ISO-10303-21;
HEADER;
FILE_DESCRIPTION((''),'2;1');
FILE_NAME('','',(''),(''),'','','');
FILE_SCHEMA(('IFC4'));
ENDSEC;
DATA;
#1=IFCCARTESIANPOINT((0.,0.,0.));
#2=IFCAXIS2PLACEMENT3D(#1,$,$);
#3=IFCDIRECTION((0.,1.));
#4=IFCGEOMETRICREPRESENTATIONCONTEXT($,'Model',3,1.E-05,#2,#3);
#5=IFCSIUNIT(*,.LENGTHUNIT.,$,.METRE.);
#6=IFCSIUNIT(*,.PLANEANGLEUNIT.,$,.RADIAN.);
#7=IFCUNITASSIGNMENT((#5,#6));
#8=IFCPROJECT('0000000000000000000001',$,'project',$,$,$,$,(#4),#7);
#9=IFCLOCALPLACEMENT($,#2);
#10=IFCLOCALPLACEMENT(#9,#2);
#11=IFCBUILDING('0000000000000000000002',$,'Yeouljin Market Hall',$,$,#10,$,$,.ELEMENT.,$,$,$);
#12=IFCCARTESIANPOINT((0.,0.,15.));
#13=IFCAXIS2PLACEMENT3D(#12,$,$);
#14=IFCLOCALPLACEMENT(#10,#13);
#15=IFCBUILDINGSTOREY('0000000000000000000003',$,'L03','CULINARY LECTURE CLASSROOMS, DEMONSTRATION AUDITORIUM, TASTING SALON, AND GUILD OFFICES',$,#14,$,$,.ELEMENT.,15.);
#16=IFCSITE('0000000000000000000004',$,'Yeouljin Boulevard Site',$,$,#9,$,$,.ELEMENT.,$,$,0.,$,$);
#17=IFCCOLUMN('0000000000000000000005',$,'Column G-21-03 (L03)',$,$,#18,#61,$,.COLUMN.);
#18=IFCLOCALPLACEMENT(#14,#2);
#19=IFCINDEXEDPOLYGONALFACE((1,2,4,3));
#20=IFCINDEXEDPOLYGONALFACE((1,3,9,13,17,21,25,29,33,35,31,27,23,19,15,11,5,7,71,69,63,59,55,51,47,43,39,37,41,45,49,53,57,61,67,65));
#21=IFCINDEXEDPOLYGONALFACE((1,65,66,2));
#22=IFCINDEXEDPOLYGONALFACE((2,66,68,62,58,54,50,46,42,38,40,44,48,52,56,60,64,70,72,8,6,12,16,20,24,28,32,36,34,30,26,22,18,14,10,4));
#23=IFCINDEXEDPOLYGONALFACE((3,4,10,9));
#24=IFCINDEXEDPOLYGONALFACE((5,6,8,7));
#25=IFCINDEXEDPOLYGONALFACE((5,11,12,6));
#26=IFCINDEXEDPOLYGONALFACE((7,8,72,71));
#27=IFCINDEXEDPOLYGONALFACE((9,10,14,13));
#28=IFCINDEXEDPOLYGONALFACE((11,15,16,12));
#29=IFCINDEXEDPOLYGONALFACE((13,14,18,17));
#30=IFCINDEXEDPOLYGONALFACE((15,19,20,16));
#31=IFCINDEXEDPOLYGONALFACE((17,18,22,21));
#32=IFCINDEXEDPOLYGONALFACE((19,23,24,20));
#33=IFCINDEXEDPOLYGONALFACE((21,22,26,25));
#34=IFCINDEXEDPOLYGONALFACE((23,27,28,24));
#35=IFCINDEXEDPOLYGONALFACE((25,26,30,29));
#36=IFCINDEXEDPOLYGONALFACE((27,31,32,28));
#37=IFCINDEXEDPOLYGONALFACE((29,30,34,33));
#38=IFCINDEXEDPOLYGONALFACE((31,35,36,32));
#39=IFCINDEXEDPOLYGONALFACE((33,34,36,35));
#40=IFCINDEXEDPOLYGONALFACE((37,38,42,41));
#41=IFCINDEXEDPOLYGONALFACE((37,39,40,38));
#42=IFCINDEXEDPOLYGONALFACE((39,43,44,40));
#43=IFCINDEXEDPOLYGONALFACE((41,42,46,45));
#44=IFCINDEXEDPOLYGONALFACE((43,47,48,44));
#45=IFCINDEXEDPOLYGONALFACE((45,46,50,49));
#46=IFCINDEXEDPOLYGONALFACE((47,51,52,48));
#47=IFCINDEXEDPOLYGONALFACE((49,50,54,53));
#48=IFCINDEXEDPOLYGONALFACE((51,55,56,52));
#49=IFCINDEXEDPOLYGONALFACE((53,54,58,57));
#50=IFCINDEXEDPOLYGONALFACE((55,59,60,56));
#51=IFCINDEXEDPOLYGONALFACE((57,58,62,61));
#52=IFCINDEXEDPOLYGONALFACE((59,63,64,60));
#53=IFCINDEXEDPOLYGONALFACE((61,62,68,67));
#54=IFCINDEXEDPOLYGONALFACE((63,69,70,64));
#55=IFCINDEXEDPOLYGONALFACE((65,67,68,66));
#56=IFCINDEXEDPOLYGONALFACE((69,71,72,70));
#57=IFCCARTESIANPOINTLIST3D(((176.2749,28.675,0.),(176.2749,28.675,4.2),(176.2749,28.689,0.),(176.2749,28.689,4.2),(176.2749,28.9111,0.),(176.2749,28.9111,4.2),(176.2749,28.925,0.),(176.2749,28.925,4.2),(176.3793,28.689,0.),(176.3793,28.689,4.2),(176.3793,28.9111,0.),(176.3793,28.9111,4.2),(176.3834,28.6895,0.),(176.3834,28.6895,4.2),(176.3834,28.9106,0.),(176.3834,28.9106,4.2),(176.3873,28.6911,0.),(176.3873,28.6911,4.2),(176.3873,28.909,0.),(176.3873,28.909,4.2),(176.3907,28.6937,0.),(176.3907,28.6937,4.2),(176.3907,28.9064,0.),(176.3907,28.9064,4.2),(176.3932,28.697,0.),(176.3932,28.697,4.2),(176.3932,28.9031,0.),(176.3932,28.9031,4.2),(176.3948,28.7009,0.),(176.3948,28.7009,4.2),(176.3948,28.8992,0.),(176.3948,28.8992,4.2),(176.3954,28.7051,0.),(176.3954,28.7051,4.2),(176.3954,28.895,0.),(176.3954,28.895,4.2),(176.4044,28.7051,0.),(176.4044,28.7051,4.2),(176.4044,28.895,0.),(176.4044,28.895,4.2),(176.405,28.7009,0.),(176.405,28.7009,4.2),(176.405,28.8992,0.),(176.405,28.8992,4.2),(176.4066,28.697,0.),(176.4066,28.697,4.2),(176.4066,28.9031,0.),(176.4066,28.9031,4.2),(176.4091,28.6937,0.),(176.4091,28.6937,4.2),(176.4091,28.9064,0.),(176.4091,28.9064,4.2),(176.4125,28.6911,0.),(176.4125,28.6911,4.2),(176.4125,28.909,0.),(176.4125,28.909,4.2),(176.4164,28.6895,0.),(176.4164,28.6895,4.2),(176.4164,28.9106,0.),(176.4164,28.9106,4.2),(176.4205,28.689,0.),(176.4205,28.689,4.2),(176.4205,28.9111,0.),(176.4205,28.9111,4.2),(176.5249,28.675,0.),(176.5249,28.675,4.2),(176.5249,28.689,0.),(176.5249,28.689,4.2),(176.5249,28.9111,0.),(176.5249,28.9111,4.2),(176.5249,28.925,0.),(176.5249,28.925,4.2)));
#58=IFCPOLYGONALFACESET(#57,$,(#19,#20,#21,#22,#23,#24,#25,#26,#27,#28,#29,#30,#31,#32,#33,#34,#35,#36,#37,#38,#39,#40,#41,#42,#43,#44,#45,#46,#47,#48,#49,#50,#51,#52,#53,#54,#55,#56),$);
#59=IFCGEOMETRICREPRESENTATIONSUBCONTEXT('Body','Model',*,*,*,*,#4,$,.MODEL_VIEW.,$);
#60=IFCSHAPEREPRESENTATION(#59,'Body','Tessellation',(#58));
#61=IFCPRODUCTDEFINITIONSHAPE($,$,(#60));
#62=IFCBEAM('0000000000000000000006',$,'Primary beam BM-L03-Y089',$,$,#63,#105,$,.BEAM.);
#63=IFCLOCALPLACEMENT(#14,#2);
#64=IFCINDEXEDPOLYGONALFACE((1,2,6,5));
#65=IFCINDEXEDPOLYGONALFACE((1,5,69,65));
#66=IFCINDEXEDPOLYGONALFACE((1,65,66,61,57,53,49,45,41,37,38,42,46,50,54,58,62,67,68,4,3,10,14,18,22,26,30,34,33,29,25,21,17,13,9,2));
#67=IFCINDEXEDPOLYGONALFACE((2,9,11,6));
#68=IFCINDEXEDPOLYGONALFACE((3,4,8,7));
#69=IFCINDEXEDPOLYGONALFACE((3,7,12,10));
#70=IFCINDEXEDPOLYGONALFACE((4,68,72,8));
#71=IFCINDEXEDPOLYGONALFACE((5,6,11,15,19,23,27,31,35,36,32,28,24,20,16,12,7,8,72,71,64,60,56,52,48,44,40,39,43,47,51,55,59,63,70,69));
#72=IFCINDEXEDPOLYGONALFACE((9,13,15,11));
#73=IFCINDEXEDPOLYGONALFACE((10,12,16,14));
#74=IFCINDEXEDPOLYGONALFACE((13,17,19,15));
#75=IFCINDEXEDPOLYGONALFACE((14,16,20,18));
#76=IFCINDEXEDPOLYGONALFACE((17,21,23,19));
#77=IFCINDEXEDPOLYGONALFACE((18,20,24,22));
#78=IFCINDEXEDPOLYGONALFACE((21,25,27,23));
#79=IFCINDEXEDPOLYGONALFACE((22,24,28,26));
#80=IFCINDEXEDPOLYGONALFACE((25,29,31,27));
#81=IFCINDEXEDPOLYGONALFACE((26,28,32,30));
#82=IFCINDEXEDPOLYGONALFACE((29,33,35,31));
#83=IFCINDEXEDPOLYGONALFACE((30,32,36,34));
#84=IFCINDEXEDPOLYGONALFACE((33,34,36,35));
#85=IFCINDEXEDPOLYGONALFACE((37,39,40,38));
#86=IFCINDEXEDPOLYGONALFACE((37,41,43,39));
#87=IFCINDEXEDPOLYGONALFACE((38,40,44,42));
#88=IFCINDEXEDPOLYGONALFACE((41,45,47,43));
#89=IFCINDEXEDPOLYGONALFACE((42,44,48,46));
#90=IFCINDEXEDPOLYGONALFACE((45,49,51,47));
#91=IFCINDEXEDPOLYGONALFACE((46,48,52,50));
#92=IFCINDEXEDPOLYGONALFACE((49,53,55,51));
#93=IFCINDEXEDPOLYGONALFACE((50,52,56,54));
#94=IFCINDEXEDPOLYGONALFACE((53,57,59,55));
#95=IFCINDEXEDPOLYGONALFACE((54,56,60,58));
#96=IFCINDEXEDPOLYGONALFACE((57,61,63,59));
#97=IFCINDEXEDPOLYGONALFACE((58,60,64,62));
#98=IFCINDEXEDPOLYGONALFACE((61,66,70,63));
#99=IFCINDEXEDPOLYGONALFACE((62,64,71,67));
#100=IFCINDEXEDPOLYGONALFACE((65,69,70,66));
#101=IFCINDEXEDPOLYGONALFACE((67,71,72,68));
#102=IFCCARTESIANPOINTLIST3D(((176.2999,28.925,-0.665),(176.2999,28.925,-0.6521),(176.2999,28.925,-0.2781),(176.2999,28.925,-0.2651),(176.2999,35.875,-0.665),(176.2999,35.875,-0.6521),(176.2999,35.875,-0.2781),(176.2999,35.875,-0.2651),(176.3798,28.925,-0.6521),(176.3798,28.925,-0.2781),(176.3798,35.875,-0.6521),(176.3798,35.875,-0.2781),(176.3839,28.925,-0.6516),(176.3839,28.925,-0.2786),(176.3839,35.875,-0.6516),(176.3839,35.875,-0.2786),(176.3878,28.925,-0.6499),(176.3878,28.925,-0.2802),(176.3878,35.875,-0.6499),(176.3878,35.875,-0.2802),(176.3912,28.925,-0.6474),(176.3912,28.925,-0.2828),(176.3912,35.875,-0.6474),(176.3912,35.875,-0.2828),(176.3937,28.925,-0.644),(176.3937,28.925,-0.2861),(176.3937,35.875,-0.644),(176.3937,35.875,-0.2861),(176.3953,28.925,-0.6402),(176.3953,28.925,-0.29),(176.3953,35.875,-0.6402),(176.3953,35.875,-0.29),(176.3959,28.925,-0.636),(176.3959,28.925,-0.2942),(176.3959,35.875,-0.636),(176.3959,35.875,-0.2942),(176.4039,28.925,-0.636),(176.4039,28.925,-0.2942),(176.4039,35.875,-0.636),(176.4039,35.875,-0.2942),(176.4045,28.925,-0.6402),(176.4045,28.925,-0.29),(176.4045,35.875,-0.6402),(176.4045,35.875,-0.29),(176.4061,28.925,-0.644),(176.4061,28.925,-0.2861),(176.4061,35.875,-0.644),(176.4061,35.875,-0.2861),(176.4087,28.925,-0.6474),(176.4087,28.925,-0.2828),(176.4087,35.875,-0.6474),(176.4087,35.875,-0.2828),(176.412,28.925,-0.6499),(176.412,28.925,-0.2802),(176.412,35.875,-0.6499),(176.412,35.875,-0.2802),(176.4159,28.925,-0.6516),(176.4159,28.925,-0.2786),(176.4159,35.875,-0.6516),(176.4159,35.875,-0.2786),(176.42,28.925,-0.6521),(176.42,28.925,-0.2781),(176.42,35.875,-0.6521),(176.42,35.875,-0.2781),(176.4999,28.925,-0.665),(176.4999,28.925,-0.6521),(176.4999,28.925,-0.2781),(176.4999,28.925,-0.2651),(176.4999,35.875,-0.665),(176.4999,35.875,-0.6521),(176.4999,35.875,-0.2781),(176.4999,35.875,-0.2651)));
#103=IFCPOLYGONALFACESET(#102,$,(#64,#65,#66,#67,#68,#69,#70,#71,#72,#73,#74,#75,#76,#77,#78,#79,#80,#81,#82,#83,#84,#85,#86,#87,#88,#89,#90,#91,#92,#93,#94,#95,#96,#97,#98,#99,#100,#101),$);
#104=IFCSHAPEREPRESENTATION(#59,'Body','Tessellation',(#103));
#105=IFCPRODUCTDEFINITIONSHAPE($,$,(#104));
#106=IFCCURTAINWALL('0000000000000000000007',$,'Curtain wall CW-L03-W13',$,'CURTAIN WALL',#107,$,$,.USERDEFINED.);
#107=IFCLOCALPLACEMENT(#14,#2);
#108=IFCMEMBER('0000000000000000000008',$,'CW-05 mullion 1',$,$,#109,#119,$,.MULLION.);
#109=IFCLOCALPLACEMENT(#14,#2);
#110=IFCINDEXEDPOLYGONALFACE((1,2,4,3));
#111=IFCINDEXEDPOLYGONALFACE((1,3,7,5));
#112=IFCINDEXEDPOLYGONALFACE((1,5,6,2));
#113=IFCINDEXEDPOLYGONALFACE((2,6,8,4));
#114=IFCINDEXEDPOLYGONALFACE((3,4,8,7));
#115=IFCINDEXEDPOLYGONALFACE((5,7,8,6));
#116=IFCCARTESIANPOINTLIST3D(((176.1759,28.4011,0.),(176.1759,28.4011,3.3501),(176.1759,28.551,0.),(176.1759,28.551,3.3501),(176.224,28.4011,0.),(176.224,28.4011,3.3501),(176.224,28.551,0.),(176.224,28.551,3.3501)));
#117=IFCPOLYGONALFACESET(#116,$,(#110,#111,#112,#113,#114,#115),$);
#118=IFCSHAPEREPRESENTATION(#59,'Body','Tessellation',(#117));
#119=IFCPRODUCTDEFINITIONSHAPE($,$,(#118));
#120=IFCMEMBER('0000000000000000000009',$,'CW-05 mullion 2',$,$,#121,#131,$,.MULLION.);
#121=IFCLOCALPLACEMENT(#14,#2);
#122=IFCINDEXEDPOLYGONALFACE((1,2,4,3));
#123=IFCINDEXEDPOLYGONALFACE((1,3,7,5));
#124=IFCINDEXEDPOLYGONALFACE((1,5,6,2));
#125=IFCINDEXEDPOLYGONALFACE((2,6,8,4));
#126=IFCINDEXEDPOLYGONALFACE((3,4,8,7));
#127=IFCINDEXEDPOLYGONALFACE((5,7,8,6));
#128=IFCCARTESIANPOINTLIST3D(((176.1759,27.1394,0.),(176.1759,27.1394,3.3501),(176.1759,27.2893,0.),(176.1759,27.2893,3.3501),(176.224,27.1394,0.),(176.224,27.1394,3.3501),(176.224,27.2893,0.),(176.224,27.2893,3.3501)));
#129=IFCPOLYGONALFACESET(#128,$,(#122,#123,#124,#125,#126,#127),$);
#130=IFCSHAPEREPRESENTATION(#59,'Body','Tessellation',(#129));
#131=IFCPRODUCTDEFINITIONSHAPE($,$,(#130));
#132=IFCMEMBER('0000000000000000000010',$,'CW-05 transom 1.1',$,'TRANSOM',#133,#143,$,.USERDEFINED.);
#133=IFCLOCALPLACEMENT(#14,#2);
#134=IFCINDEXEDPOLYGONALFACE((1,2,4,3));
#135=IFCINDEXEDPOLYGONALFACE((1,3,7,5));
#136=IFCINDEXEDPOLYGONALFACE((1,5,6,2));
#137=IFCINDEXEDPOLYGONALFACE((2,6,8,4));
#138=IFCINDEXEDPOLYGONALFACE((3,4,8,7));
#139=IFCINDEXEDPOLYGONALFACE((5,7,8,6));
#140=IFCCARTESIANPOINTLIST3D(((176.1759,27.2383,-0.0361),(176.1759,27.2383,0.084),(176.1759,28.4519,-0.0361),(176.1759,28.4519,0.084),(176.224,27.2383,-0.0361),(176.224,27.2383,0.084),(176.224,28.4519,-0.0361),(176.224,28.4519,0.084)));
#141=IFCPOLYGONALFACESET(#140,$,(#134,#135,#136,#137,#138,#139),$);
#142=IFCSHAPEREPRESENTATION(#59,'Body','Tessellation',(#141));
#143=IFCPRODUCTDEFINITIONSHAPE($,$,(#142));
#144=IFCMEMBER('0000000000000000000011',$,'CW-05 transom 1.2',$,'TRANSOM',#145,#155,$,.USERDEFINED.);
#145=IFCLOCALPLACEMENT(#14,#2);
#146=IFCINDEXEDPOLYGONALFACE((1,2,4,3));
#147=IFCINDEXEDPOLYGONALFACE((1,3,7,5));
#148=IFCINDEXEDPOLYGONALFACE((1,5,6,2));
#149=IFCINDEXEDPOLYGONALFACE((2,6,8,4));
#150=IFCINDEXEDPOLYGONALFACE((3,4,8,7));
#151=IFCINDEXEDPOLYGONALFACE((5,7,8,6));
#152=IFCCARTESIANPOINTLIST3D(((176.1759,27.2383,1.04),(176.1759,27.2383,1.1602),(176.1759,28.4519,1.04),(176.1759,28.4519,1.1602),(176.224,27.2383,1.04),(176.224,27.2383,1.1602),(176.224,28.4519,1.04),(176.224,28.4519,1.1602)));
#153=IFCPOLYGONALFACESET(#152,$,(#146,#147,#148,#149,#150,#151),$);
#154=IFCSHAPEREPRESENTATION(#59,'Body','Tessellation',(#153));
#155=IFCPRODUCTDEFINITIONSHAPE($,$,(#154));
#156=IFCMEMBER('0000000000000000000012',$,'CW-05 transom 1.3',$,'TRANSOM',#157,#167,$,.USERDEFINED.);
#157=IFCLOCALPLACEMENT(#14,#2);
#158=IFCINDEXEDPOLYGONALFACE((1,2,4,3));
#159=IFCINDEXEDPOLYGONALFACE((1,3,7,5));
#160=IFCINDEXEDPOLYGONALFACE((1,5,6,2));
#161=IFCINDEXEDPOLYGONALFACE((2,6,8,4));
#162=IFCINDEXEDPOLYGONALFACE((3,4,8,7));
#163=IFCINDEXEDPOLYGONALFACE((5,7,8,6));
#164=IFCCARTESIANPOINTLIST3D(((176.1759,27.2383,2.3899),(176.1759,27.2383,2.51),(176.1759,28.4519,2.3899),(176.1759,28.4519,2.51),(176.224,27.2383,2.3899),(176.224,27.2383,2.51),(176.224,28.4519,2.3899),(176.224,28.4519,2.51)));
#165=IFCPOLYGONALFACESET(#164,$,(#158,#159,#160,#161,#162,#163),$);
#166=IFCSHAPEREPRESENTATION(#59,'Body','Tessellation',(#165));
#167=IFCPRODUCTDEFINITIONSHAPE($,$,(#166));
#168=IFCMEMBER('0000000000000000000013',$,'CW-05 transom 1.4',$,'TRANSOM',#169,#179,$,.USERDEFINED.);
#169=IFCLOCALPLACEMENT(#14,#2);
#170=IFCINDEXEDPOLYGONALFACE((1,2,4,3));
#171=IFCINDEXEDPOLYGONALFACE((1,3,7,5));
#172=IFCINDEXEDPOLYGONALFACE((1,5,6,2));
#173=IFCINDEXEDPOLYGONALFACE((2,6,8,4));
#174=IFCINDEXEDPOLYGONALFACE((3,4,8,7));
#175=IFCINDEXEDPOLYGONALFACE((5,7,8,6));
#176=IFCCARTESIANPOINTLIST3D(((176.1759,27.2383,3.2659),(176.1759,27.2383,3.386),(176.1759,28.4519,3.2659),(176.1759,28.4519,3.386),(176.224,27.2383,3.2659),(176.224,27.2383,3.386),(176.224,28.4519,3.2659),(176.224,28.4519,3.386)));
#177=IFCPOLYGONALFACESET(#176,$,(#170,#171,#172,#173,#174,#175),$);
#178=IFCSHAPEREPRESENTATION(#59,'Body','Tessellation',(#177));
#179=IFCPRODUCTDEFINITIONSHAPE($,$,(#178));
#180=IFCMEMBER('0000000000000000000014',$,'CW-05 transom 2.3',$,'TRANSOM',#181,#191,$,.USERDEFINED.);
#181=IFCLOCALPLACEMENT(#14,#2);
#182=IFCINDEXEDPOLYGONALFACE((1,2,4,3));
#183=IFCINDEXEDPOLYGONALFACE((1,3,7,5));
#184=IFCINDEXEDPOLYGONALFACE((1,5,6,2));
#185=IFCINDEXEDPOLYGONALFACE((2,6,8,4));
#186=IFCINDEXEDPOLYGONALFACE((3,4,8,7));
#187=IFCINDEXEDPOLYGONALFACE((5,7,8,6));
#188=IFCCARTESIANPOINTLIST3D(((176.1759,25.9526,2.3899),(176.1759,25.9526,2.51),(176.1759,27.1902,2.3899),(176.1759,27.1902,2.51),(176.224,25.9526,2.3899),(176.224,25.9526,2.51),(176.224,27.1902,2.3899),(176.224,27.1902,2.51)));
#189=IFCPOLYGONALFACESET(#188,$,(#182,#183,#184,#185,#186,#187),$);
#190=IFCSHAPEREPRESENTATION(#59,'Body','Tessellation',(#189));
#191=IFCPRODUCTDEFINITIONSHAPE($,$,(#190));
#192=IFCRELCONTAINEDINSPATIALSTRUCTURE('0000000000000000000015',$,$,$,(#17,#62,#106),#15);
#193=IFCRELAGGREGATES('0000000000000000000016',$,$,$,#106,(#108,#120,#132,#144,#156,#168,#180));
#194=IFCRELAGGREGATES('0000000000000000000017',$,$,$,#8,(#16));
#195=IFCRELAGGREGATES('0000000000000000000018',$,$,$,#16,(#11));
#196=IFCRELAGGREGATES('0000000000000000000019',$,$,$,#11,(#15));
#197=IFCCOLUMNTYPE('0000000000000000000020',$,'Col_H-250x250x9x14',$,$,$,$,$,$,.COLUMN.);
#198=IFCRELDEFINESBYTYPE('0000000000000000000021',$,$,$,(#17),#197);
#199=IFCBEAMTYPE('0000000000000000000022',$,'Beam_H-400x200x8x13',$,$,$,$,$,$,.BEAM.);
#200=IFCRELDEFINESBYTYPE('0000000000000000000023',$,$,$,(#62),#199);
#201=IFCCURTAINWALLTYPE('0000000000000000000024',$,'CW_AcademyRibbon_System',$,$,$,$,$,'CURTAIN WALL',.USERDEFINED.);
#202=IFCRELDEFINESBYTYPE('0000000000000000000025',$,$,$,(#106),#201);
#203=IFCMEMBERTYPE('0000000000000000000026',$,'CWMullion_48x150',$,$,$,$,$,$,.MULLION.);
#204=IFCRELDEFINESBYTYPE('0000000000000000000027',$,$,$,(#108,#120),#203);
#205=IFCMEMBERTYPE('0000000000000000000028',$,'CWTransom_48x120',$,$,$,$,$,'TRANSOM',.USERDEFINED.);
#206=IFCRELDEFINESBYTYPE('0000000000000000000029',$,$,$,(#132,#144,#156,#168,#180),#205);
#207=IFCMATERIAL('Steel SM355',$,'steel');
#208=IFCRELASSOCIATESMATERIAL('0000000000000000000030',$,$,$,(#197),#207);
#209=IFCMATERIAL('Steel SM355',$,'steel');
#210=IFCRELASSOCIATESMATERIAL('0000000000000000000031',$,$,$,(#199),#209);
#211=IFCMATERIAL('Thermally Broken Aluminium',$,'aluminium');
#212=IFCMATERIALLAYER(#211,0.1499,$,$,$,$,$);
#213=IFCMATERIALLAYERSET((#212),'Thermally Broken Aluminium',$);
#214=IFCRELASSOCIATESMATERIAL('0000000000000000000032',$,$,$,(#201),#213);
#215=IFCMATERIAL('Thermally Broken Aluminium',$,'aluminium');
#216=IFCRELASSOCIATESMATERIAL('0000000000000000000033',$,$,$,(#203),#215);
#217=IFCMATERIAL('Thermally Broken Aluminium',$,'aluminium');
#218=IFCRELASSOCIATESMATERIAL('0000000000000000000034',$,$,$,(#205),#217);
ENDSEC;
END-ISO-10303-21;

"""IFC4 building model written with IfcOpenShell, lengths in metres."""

from ifc_helpers import new_model, si_unit, direction, frame, origin, origin_2d, place, context, subcontext, project, spatial, rectangle, i_section, extrude, material, layer, layer_set, material_profile, profile_set, type_object, element, aggregate, save


model = new_model("IFC4")

# Units and contexts
model_context = context("Model", 3, precision=1e-05, world=origin(), true_north=direction((0.0, 1.0)))
body_context = subcontext(model_context, "Body", "Model", "MODEL_VIEW")
ifc_project = project(units=[si_unit("LENGTHUNIT", "METRE"), si_unit("PLANEANGLEUNIT", "RADIAN")], contexts=[model_context])

# Site, building, storey
site_placement = place(None, origin())
site = spatial("IfcSite", under=ifc_project, at=site_placement, Name="Yeouljin Boulevard Site", CompositionType="ELEMENT", RefElevation=0.0)
building_placement = place(site_placement, origin())
building = spatial("IfcBuilding", under=site, at=building_placement, Name="Yeouljin Market Hall", CompositionType="ELEMENT")
storey_placement = place(building_placement, frame((0.0, 0.0, 15.0)))
storey = spatial("IfcBuildingStorey", under=building, at=storey_placement, Name="L03", Description="CULINARY LECTURE CLASSROOMS, DEMONSTRATION AUDITORIUM, TASTING SALON, AND GUILD OFFICES", CompositionType="ELEMENT", Elevation=15.0)

# Column
ifc_material_1 = material(Name="Steel SM355", Category="steel")
ifc_material_profile_1 = material_profile(ifc_material_1, i_section(OverallWidth=0.25, OverallDepth=0.25, WebThickness=0.009, FlangeThickness=0.0139, FilletRadius=0.0161, at=origin_2d()), Name="H-250x250x9x14")
ifc_profile_set_1 = profile_set([ifc_material_profile_1], Name="Steel SM355")
column_type = type_object("IfcColumnType", Name="Col_H-250x250x9x14", PredefinedType="COLUMN", material=ifc_profile_set_1)
column_placement = place(storey_placement, frame((176.3999, 28.8, 0.0), z_axis=(0.0, 0.0, 1.0), x_axis=(1.0, 0.0, 0.0)))
element("IfcColumn", 1, at=column_placement, inside=storey, type_object=column_type, Name="Column G-21-03 (L03)", PredefinedType="COLUMN", context=body_context, shape_type="SweptSolid", body=[
    extrude(i_section(OverallWidth=0.25, OverallDepth=0.25, WebThickness=0.009, FlangeThickness=0.0139, FilletRadius=0.0161, at=origin_2d()), origin(), (0.0, 0.0, 1.0), 4.2),
])

# Beam
ifc_material_2 = material(Name="Steel SM355", Category="steel")
ifc_material_profile_2 = material_profile(ifc_material_2, i_section(OverallWidth=0.2, OverallDepth=0.3999, WebThickness=0.0081, FlangeThickness=0.0129, FilletRadius=0.0161, at=origin_2d()), Name="H-400x200x8x13")
ifc_profile_set_2 = profile_set([ifc_material_profile_2], Name="Steel SM355")
beam_type = type_object("IfcBeamType", Name="Beam_H-400x200x8x13", PredefinedType="BEAM", material=ifc_profile_set_2)
beam_placement = place(storey_placement, frame((176.3999, 28.925, -0.4651), z_axis=(0.0, 1.0, 0.0), x_axis=(-1.0, 0.0, 0.0)))
element("IfcBeam", 2, at=beam_placement, inside=storey, type_object=beam_type, Name="Primary beam BM-L03-Y089", PredefinedType="BEAM", context=body_context, shape_type="SweptSolid", body=[
    extrude(i_section(OverallWidth=0.2, OverallDepth=0.3999, WebThickness=0.0081, FlangeThickness=0.0129, FilletRadius=0.0161, at=origin_2d()), origin(), (0.0, 0.0, 1.0), 6.95),
])

# Curtain wall, members
ifc_material_3 = material(Name="Thermally Broken Aluminium", Category="aluminium")
ifc_layer_1 = layer(ifc_material_3, 0.1499)
ifc_layer_set_1 = layer_set([ifc_layer_1], Name="Thermally Broken Aluminium")
curtain_wall_type = type_object("IfcCurtainWallType", Name="CW_AcademyRibbon_System", ElementType="CURTAIN WALL", PredefinedType="USERDEFINED", material=ifc_layer_set_1)
curtain_wall_placement = place(storey_placement, origin())
curtain_wall = element("IfcCurtainWall", 3, at=curtain_wall_placement, inside=storey, type_object=curtain_wall_type, Name="Curtain wall CW-L03-W13", ObjectType="CURTAIN WALL", PredefinedType="USERDEFINED")
ifc_material_4 = material(Name="Thermally Broken Aluminium", Category="aluminium")
ifc_material_profile_3 = material_profile(ifc_material_4, rectangle(XDim=0.0481, YDim=0.1499, at=origin_2d()), Name="CW-MULL-48x150")
ifc_profile_set_3 = profile_set([ifc_material_profile_3], Name="Thermally Broken Aluminium")
member_type_1 = type_object("IfcMemberType", Name="CWMullion_48x150", PredefinedType="MULLION", material=ifc_profile_set_3)
member_1_placement = place(storey_placement, frame((176.2, 28.4761, 0.0), z_axis=(0.0, 0.0, 1.0), x_axis=(1.0, 0.0, 0.0)))
member_1 = element("IfcMember", 4, at=member_1_placement, type_object=member_type_1, Name="CW-05 mullion 1", PredefinedType="MULLION", context=body_context, shape_type="SweptSolid", body=[
    extrude(rectangle(XDim=0.0481, YDim=0.1499, at=origin_2d()), origin(), (0.0, 0.0, 1.0), 3.3501),
])
member_2_placement = place(storey_placement, frame((176.2, 27.2144, 0.0), z_axis=(0.0, 0.0, 1.0), x_axis=(1.0, 0.0, 0.0)))
member_2 = element("IfcMember", 5, at=member_2_placement, type_object=member_type_1, Name="CW-05 mullion 2", PredefinedType="MULLION", context=body_context, shape_type="SweptSolid", body=[
    extrude(rectangle(XDim=0.0481, YDim=0.1499, at=origin_2d()), origin(), (0.0, 0.0, 1.0), 3.3501),
])
ifc_material_5 = material(Name="Thermally Broken Aluminium", Category="aluminium")
ifc_material_profile_4 = material_profile(ifc_material_5, rectangle(XDim=0.0481, YDim=0.1201, at=origin_2d()), Name="CW-TRAN-48x120")
ifc_profile_set_4 = profile_set([ifc_material_profile_4], Name="Thermally Broken Aluminium")
member_type_2 = type_object("IfcMemberType", Name="CWTransom_48x120", ElementType="TRANSOM", PredefinedType="USERDEFINED", material=ifc_profile_set_4)
member_3_placement = place(storey_placement, frame((176.2, 28.4519, 0.0239), z_axis=(0.0, -1.0, 0.0), x_axis=(1.0, 0.0, 0.0)))
member_3 = element("IfcMember", 6, at=member_3_placement, type_object=member_type_2, Name="CW-05 transom 1.1", ObjectType="TRANSOM", PredefinedType="USERDEFINED", context=body_context, shape_type="SweptSolid", body=[
    extrude(rectangle(XDim=0.0481, YDim=0.1201, at=origin_2d()), origin(), (0.0, 0.0, 1.0), 1.2136),
])
member_4_placement = place(storey_placement, frame((176.2, 28.4519, 1.1001), z_axis=(0.0, -1.0, 0.0), x_axis=(1.0, 0.0, 0.0)))
member_4 = element("IfcMember", 7, at=member_4_placement, type_object=member_type_2, Name="CW-05 transom 1.2", ObjectType="TRANSOM", PredefinedType="USERDEFINED", context=body_context, shape_type="SweptSolid", body=[
    extrude(rectangle(XDim=0.0481, YDim=0.1201, at=origin_2d()), origin(), (0.0, 0.0, 1.0), 1.2136),
])
member_5_placement = place(storey_placement, frame((176.2, 28.4519, 2.45), z_axis=(0.0, -1.0, 0.0), x_axis=(1.0, 0.0, 0.0)))
member_5 = element("IfcMember", 8, at=member_5_placement, type_object=member_type_2, Name="CW-05 transom 1.3", ObjectType="TRANSOM", PredefinedType="USERDEFINED", context=body_context, shape_type="SweptSolid", body=[
    extrude(rectangle(XDim=0.0481, YDim=0.1201, at=origin_2d()), origin(), (0.0, 0.0, 1.0), 1.2136),
])
member_6_placement = place(storey_placement, frame((176.2, 28.4519, 3.3259), z_axis=(0.0, -1.0, 0.0), x_axis=(1.0, 0.0, 0.0)))
member_6 = element("IfcMember", 9, at=member_6_placement, type_object=member_type_2, Name="CW-05 transom 1.4", ObjectType="TRANSOM", PredefinedType="USERDEFINED", context=body_context, shape_type="SweptSolid", body=[
    extrude(rectangle(XDim=0.0481, YDim=0.1201, at=origin_2d()), origin(), (0.0, 0.0, 1.0), 1.2136),
])
member_7_placement = place(storey_placement, frame((176.2, 27.1902, 2.45), z_axis=(0.0, -1.0, 0.0), x_axis=(1.0, 0.0, 0.0)))
member_7 = element("IfcMember", 10, at=member_7_placement, type_object=member_type_2, Name="CW-05 transom 2.3", ObjectType="TRANSOM", PredefinedType="USERDEFINED", context=body_context, shape_type="SweptSolid", body=[
    extrude(rectangle(XDim=0.0481, YDim=0.1201, at=origin_2d()), origin(), (0.0, 0.0, 1.0), 1.2375),
])
aggregate(curtain_wall, [member_1, member_2, member_3, member_4, member_5, member_6, member_7])

save(model, "model.ifc")
